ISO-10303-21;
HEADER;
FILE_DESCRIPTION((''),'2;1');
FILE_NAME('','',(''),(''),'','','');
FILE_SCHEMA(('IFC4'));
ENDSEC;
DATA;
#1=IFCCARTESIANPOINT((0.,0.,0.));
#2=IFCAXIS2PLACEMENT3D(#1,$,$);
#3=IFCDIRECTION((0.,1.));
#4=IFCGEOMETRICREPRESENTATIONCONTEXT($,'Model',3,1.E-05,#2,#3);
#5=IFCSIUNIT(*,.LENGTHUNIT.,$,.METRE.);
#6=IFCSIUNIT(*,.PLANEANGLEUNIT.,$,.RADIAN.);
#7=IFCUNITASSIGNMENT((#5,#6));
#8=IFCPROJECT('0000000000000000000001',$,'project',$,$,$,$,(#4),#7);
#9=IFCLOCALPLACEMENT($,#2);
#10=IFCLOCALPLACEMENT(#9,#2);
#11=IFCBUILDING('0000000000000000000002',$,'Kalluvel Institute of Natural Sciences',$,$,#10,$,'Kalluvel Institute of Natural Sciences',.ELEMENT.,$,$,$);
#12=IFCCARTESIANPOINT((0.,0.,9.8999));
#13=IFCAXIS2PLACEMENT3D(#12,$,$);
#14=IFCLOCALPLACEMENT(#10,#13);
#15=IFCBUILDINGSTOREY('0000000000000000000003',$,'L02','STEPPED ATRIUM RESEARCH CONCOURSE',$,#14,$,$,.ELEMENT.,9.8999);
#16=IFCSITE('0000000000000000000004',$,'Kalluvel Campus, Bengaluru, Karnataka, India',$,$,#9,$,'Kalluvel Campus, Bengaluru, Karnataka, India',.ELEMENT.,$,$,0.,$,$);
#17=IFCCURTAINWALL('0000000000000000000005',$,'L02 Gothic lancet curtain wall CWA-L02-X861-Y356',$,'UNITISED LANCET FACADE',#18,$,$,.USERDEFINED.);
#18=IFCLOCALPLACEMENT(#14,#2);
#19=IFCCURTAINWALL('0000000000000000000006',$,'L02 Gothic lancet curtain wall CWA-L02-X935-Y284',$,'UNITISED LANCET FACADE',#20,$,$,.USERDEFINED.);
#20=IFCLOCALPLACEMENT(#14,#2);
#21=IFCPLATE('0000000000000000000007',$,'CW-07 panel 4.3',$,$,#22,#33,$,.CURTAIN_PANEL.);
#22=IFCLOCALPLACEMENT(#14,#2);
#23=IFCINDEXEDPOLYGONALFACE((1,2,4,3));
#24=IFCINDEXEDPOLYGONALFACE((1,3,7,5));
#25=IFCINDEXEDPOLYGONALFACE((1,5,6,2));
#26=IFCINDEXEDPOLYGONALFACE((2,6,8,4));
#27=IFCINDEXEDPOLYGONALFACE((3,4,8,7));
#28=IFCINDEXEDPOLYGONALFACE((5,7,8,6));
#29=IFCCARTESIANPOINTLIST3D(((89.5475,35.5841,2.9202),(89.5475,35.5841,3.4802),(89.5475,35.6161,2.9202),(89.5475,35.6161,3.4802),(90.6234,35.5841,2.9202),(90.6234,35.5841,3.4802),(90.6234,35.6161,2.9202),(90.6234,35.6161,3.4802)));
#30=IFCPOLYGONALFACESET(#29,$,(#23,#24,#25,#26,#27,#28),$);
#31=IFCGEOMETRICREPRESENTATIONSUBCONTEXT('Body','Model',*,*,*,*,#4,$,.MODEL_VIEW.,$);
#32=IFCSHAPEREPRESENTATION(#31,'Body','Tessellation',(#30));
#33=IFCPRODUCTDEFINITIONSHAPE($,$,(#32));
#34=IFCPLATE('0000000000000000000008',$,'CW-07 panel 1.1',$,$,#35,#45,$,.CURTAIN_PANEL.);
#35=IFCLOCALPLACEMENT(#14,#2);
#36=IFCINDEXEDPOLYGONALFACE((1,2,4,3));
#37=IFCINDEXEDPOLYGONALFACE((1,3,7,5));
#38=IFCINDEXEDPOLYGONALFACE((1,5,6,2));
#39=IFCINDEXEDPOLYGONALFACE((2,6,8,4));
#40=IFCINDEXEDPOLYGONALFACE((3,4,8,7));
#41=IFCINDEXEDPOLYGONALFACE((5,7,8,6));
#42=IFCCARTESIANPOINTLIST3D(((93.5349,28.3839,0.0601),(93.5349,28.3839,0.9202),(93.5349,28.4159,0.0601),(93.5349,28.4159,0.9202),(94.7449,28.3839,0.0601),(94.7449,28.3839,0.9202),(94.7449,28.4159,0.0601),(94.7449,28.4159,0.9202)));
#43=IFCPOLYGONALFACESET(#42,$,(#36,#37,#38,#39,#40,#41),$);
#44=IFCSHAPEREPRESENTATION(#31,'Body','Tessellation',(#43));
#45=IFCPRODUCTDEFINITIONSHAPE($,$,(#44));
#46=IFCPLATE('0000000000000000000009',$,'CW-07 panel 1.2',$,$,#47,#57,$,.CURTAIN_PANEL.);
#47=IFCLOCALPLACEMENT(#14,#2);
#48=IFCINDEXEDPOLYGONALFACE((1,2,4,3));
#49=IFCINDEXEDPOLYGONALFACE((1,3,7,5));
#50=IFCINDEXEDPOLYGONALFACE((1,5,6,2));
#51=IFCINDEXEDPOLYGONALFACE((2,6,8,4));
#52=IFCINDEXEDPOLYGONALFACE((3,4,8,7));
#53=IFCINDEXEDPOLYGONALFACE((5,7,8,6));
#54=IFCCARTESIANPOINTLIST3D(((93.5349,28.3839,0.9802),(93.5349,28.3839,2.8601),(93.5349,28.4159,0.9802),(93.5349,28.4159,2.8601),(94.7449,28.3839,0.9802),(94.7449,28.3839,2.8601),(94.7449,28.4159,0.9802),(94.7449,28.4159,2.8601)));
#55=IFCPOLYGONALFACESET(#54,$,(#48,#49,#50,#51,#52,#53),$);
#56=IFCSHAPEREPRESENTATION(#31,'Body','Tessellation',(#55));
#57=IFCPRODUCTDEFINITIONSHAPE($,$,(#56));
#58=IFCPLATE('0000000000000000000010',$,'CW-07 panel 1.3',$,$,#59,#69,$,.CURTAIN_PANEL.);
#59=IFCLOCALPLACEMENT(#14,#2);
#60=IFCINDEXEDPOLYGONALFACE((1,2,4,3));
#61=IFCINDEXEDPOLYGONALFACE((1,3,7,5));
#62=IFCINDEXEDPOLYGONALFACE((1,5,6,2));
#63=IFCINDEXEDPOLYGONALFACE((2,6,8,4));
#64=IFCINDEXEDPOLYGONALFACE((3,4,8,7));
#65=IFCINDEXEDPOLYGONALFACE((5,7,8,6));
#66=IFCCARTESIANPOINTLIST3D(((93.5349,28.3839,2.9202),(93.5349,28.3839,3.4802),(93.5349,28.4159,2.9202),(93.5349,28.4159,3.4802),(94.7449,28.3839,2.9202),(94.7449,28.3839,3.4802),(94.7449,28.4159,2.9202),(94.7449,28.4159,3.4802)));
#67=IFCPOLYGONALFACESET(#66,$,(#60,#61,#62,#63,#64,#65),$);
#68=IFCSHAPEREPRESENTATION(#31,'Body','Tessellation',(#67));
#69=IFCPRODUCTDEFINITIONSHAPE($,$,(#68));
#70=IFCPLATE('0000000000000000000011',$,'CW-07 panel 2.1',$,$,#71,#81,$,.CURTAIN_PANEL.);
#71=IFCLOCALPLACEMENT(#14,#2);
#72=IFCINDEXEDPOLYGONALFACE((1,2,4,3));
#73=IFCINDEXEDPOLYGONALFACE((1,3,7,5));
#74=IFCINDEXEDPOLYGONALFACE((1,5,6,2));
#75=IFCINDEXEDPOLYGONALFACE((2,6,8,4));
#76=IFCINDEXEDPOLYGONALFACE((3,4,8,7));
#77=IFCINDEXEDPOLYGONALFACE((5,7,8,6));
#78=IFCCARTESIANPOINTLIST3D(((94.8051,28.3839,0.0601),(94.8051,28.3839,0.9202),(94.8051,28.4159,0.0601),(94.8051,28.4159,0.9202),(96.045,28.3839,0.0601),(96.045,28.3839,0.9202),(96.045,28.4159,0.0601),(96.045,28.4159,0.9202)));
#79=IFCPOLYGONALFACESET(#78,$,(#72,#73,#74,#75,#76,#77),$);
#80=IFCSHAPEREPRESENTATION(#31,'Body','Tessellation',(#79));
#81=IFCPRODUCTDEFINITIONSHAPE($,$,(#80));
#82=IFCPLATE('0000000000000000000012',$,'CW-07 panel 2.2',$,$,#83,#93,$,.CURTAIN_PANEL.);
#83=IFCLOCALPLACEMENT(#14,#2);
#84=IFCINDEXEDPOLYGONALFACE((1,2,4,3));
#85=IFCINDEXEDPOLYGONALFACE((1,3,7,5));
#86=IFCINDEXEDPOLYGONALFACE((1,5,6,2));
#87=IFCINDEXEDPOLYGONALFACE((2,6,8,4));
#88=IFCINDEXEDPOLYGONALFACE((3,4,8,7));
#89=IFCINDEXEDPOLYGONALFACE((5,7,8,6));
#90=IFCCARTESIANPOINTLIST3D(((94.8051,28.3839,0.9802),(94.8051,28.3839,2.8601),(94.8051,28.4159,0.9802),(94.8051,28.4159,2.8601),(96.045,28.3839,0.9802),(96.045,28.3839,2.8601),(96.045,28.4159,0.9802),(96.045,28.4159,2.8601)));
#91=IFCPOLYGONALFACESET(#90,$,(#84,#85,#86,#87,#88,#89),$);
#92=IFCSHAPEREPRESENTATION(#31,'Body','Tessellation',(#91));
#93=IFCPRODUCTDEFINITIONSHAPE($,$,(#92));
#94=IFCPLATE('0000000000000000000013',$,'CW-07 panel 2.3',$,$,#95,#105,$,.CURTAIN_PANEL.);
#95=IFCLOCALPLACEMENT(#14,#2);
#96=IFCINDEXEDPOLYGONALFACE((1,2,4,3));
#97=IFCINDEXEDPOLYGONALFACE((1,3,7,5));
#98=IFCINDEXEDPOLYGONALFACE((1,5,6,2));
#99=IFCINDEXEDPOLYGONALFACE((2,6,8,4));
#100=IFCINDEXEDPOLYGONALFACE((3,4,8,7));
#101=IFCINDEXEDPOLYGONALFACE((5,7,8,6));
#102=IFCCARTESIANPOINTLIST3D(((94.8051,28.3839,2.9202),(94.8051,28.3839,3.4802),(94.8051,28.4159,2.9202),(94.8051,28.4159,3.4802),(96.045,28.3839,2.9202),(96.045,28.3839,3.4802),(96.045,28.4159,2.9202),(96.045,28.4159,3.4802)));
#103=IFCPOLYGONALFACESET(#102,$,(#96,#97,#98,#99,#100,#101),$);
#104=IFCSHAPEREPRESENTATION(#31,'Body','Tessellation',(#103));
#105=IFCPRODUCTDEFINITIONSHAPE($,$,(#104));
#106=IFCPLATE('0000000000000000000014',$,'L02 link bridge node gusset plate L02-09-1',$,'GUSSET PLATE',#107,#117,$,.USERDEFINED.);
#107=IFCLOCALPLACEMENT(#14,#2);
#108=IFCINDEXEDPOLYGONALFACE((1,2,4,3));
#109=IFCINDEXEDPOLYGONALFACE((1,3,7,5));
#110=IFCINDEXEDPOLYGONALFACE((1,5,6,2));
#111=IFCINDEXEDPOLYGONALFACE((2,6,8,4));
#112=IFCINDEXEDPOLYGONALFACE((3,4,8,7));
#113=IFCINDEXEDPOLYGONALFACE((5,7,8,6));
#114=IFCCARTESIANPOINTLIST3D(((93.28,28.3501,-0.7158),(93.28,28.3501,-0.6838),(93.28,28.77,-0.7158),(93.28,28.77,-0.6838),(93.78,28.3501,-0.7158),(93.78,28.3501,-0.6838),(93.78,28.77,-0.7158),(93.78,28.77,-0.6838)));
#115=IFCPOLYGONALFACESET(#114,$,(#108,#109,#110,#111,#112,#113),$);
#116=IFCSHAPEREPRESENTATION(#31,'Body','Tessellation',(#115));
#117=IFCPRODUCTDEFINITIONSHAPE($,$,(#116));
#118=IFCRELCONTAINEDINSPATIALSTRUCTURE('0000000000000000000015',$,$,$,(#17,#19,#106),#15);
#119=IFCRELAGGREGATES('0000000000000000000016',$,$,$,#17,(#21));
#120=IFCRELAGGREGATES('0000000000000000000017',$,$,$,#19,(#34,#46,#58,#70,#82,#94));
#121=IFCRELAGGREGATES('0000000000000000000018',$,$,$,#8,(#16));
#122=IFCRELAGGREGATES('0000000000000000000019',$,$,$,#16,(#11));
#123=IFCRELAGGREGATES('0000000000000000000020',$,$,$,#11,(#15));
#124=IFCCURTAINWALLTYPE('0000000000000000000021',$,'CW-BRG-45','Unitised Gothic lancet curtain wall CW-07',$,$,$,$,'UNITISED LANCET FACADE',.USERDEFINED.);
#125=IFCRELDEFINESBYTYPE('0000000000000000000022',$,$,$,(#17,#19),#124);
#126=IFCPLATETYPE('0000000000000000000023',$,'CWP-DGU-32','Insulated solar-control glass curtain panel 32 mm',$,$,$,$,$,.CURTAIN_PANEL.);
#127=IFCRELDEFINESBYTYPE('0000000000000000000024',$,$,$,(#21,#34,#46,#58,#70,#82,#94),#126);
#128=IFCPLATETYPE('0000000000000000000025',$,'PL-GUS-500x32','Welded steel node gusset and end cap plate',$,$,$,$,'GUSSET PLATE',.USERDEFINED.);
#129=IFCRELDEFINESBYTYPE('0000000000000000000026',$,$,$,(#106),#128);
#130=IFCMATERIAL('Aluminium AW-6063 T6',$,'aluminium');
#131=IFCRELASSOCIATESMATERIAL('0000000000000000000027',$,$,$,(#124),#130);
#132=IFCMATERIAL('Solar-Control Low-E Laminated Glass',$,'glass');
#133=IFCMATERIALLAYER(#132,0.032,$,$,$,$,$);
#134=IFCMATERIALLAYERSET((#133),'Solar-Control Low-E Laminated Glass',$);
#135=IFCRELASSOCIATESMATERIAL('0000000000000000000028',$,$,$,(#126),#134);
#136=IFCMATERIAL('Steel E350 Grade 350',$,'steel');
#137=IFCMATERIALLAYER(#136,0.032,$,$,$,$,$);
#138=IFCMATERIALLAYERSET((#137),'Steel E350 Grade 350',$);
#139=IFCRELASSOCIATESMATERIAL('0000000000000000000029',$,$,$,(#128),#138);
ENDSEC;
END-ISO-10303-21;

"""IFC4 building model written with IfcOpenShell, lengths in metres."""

from ifc_helpers import new_model, si_unit, direction, frame, origin, origin_2d, place, context, subcontext, project, spatial, rectangle, extrude, material, layer, layer_set, type_object, element, aggregate, save


model = new_model("IFC4")

# Units and contexts
model_context = context("Model", 3, precision=1e-05, world=origin(), true_north=direction((0.0, 1.0)))
body_context = subcontext(model_context, "Body", "Model", "MODEL_VIEW")
ifc_project = project(units=[si_unit("LENGTHUNIT", "METRE"), si_unit("PLANEANGLEUNIT", "RADIAN")], contexts=[model_context])

# Site, building, storey
site_placement = place(None, origin())
site = spatial("IfcSite", under=ifc_project, at=site_placement, Name="Kalluvel Campus, Bengaluru, Karnataka, India", LongName="Kalluvel Campus, Bengaluru, Karnataka, India", CompositionType="ELEMENT", RefElevation=0.0)
building_placement = place(site_placement, origin())
building = spatial("IfcBuilding", under=site, at=building_placement, Name="Kalluvel Institute of Natural Sciences", LongName="Kalluvel Institute of Natural Sciences", CompositionType="ELEMENT")
storey_placement = place(building_placement, frame((0.0, 0.0, 9.8999)))
storey = spatial("IfcBuildingStorey", under=building, at=storey_placement, Name="L02", Description="STEPPED ATRIUM RESEARCH CONCOURSE", CompositionType="ELEMENT", Elevation=9.8999)

# Shared definitions
ifc_material_1 = material(Name="Steel E350 Grade 350", Category="steel")

# Curtain walls
ifc_material_2 = material(Name="Aluminium AW-6063 T6", Category="aluminium")
curtain_wall_type = type_object("IfcCurtainWallType", Name="CW-BRG-45", Description="Unitised Gothic lancet curtain wall CW-07", ElementType="UNITISED LANCET FACADE", PredefinedType="USERDEFINED", material=ifc_material_2)
curtain_wall_1_placement = place(storey_placement, origin())
curtain_wall_1 = element("IfcCurtainWall", 1, at=curtain_wall_1_placement, inside=storey, type_object=curtain_wall_type, Name="L02 Gothic lancet curtain wall CWA-L02-X861-Y356", ObjectType="UNITISED LANCET FACADE", PredefinedType="USERDEFINED")
curtain_wall_2_placement = place(storey_placement, origin())
curtain_wall_2 = element("IfcCurtainWall", 2, at=curtain_wall_2_placement, inside=storey, type_object=curtain_wall_type, Name="L02 Gothic lancet curtain wall CWA-L02-X935-Y284", ObjectType="UNITISED LANCET FACADE", PredefinedType="USERDEFINED")

# Plates
ifc_material_3 = material(Name="Solar-Control Low-E Laminated Glass", Category="glass")
ifc_layer_1 = layer(ifc_material_3, 0.032)
ifc_layer_set_1 = layer_set([ifc_layer_1], Name="Solar-Control Low-E Laminated Glass")
plate_type_1 = type_object("IfcPlateType", Name="CWP-DGU-32", Description="Insulated solar-control glass curtain panel 32 mm", PredefinedType="CURTAIN_PANEL", material=ifc_layer_set_1)
plate_1_placement = place(storey_placement, frame((90.0854, 35.6001, 2.9202), z_axis=(0.0, 0.0, 1.0), x_axis=(1.0, 0.0, 0.0)))
plate_1 = element("IfcPlate", 3, at=plate_1_placement, type_object=plate_type_1, Name="CW-07 panel 4.3", PredefinedType="CURTAIN_PANEL", context=body_context, shape_type="SweptSolid", body=[
    extrude(rectangle(XDim=1.0759, YDim=0.032, at=origin_2d()), origin(), (0.0, 0.0, 1.0), 0.5601),
])
aggregate(curtain_wall_1, [plate_1])
plate_2_placement = place(storey_placement, frame((94.1399, 28.3999, 0.0601), z_axis=(0.0, 0.0, 1.0), x_axis=(1.0, 0.0, 0.0)))
plate_2 = element("IfcPlate", 4, at=plate_2_placement, type_object=plate_type_1, Name="CW-07 panel 1.1", PredefinedType="CURTAIN_PANEL", context=body_context, shape_type="SweptSolid", body=[
    extrude(rectangle(XDim=1.21, YDim=0.032, at=origin_2d()), origin(), (0.0, 0.0, 1.0), 0.8601),
])
plate_3_placement = place(storey_placement, frame((94.1399, 28.3999, 0.9802), z_axis=(0.0, 0.0, 1.0), x_axis=(1.0, 0.0, 0.0)))
plate_3 = element("IfcPlate", 5, at=plate_3_placement, type_object=plate_type_1, Name="CW-07 panel 1.2", PredefinedType="CURTAIN_PANEL", context=body_context, shape_type="SweptSolid", body=[
    extrude(rectangle(XDim=1.21, YDim=0.032, at=origin_2d()), origin(), (0.0, 0.0, 1.0), 1.8799),
])
plate_4_placement = place(storey_placement, frame((94.1399, 28.3999, 2.9202), z_axis=(0.0, 0.0, 1.0), x_axis=(1.0, 0.0, 0.0)))
plate_4 = element("IfcPlate", 6, at=plate_4_placement, type_object=plate_type_1, Name="CW-07 panel 1.3", PredefinedType="CURTAIN_PANEL", context=body_context, shape_type="SweptSolid", body=[
    extrude(rectangle(XDim=1.21, YDim=0.032, at=origin_2d()), origin(), (0.0, 0.0, 1.0), 0.5601),
])
plate_5_placement = place(storey_placement, frame((95.425, 28.3999, 0.0601), z_axis=(0.0, 0.0, 1.0), x_axis=(1.0, 0.0, 0.0)))
plate_5 = element("IfcPlate", 7, at=plate_5_placement, type_object=plate_type_1, Name="CW-07 panel 2.1", PredefinedType="CURTAIN_PANEL", context=body_context, shape_type="SweptSolid", body=[
    extrude(rectangle(XDim=1.24, YDim=0.032, at=origin_2d()), origin(), (0.0, 0.0, 1.0), 0.8601),
])
plate_6_placement = place(storey_placement, frame((95.425, 28.3999, 0.9802), z_axis=(0.0, 0.0, 1.0), x_axis=(1.0, 0.0, 0.0)))
plate_6 = element("IfcPlate", 8, at=plate_6_placement, type_object=plate_type_1, Name="CW-07 panel 2.2", PredefinedType="CURTAIN_PANEL", context=body_context, shape_type="SweptSolid", body=[
    extrude(rectangle(XDim=1.24, YDim=0.032, at=origin_2d()), origin(), (0.0, 0.0, 1.0), 1.8799),
])
plate_7_placement = place(storey_placement, frame((95.425, 28.3999, 2.9202), z_axis=(0.0, 0.0, 1.0), x_axis=(1.0, 0.0, 0.0)))
plate_7 = element("IfcPlate", 9, at=plate_7_placement, type_object=plate_type_1, Name="CW-07 panel 2.3", PredefinedType="CURTAIN_PANEL", context=body_context, shape_type="SweptSolid", body=[
    extrude(rectangle(XDim=1.24, YDim=0.032, at=origin_2d()), origin(), (0.0, 0.0, 1.0), 0.5601),
])
aggregate(curtain_wall_2, [plate_2, plate_3, plate_4, plate_5, plate_6, plate_7])
ifc_layer_2 = layer(ifc_material_1, 0.032)
ifc_layer_set_2 = layer_set([ifc_layer_2], Name="Steel E350 Grade 350")
plate_type_2 = type_object("IfcPlateType", Name="PL-GUS-500x32", Description="Welded steel node gusset and end cap plate", ElementType="GUSSET PLATE", PredefinedType="USERDEFINED", material=ifc_layer_set_2)
plate_8_placement = place(storey_placement, frame((93.53, 28.5601, -0.7158), z_axis=(0.0, 0.0, 1.0), x_axis=(1.0, 0.0, 0.0)))
element("IfcPlate", 10, at=plate_8_placement, inside=storey, type_object=plate_type_2, Name="L02 link bridge node gusset plate L02-09-1", ObjectType="GUSSET PLATE", PredefinedType="USERDEFINED", context=body_context, shape_type="SweptSolid", body=[
    extrude(rectangle(XDim=0.5, YDim=0.4199, at=origin_2d()), origin(), (0.0, 0.0, 1.0), 0.032),
])

save(model, "model.ifc")
